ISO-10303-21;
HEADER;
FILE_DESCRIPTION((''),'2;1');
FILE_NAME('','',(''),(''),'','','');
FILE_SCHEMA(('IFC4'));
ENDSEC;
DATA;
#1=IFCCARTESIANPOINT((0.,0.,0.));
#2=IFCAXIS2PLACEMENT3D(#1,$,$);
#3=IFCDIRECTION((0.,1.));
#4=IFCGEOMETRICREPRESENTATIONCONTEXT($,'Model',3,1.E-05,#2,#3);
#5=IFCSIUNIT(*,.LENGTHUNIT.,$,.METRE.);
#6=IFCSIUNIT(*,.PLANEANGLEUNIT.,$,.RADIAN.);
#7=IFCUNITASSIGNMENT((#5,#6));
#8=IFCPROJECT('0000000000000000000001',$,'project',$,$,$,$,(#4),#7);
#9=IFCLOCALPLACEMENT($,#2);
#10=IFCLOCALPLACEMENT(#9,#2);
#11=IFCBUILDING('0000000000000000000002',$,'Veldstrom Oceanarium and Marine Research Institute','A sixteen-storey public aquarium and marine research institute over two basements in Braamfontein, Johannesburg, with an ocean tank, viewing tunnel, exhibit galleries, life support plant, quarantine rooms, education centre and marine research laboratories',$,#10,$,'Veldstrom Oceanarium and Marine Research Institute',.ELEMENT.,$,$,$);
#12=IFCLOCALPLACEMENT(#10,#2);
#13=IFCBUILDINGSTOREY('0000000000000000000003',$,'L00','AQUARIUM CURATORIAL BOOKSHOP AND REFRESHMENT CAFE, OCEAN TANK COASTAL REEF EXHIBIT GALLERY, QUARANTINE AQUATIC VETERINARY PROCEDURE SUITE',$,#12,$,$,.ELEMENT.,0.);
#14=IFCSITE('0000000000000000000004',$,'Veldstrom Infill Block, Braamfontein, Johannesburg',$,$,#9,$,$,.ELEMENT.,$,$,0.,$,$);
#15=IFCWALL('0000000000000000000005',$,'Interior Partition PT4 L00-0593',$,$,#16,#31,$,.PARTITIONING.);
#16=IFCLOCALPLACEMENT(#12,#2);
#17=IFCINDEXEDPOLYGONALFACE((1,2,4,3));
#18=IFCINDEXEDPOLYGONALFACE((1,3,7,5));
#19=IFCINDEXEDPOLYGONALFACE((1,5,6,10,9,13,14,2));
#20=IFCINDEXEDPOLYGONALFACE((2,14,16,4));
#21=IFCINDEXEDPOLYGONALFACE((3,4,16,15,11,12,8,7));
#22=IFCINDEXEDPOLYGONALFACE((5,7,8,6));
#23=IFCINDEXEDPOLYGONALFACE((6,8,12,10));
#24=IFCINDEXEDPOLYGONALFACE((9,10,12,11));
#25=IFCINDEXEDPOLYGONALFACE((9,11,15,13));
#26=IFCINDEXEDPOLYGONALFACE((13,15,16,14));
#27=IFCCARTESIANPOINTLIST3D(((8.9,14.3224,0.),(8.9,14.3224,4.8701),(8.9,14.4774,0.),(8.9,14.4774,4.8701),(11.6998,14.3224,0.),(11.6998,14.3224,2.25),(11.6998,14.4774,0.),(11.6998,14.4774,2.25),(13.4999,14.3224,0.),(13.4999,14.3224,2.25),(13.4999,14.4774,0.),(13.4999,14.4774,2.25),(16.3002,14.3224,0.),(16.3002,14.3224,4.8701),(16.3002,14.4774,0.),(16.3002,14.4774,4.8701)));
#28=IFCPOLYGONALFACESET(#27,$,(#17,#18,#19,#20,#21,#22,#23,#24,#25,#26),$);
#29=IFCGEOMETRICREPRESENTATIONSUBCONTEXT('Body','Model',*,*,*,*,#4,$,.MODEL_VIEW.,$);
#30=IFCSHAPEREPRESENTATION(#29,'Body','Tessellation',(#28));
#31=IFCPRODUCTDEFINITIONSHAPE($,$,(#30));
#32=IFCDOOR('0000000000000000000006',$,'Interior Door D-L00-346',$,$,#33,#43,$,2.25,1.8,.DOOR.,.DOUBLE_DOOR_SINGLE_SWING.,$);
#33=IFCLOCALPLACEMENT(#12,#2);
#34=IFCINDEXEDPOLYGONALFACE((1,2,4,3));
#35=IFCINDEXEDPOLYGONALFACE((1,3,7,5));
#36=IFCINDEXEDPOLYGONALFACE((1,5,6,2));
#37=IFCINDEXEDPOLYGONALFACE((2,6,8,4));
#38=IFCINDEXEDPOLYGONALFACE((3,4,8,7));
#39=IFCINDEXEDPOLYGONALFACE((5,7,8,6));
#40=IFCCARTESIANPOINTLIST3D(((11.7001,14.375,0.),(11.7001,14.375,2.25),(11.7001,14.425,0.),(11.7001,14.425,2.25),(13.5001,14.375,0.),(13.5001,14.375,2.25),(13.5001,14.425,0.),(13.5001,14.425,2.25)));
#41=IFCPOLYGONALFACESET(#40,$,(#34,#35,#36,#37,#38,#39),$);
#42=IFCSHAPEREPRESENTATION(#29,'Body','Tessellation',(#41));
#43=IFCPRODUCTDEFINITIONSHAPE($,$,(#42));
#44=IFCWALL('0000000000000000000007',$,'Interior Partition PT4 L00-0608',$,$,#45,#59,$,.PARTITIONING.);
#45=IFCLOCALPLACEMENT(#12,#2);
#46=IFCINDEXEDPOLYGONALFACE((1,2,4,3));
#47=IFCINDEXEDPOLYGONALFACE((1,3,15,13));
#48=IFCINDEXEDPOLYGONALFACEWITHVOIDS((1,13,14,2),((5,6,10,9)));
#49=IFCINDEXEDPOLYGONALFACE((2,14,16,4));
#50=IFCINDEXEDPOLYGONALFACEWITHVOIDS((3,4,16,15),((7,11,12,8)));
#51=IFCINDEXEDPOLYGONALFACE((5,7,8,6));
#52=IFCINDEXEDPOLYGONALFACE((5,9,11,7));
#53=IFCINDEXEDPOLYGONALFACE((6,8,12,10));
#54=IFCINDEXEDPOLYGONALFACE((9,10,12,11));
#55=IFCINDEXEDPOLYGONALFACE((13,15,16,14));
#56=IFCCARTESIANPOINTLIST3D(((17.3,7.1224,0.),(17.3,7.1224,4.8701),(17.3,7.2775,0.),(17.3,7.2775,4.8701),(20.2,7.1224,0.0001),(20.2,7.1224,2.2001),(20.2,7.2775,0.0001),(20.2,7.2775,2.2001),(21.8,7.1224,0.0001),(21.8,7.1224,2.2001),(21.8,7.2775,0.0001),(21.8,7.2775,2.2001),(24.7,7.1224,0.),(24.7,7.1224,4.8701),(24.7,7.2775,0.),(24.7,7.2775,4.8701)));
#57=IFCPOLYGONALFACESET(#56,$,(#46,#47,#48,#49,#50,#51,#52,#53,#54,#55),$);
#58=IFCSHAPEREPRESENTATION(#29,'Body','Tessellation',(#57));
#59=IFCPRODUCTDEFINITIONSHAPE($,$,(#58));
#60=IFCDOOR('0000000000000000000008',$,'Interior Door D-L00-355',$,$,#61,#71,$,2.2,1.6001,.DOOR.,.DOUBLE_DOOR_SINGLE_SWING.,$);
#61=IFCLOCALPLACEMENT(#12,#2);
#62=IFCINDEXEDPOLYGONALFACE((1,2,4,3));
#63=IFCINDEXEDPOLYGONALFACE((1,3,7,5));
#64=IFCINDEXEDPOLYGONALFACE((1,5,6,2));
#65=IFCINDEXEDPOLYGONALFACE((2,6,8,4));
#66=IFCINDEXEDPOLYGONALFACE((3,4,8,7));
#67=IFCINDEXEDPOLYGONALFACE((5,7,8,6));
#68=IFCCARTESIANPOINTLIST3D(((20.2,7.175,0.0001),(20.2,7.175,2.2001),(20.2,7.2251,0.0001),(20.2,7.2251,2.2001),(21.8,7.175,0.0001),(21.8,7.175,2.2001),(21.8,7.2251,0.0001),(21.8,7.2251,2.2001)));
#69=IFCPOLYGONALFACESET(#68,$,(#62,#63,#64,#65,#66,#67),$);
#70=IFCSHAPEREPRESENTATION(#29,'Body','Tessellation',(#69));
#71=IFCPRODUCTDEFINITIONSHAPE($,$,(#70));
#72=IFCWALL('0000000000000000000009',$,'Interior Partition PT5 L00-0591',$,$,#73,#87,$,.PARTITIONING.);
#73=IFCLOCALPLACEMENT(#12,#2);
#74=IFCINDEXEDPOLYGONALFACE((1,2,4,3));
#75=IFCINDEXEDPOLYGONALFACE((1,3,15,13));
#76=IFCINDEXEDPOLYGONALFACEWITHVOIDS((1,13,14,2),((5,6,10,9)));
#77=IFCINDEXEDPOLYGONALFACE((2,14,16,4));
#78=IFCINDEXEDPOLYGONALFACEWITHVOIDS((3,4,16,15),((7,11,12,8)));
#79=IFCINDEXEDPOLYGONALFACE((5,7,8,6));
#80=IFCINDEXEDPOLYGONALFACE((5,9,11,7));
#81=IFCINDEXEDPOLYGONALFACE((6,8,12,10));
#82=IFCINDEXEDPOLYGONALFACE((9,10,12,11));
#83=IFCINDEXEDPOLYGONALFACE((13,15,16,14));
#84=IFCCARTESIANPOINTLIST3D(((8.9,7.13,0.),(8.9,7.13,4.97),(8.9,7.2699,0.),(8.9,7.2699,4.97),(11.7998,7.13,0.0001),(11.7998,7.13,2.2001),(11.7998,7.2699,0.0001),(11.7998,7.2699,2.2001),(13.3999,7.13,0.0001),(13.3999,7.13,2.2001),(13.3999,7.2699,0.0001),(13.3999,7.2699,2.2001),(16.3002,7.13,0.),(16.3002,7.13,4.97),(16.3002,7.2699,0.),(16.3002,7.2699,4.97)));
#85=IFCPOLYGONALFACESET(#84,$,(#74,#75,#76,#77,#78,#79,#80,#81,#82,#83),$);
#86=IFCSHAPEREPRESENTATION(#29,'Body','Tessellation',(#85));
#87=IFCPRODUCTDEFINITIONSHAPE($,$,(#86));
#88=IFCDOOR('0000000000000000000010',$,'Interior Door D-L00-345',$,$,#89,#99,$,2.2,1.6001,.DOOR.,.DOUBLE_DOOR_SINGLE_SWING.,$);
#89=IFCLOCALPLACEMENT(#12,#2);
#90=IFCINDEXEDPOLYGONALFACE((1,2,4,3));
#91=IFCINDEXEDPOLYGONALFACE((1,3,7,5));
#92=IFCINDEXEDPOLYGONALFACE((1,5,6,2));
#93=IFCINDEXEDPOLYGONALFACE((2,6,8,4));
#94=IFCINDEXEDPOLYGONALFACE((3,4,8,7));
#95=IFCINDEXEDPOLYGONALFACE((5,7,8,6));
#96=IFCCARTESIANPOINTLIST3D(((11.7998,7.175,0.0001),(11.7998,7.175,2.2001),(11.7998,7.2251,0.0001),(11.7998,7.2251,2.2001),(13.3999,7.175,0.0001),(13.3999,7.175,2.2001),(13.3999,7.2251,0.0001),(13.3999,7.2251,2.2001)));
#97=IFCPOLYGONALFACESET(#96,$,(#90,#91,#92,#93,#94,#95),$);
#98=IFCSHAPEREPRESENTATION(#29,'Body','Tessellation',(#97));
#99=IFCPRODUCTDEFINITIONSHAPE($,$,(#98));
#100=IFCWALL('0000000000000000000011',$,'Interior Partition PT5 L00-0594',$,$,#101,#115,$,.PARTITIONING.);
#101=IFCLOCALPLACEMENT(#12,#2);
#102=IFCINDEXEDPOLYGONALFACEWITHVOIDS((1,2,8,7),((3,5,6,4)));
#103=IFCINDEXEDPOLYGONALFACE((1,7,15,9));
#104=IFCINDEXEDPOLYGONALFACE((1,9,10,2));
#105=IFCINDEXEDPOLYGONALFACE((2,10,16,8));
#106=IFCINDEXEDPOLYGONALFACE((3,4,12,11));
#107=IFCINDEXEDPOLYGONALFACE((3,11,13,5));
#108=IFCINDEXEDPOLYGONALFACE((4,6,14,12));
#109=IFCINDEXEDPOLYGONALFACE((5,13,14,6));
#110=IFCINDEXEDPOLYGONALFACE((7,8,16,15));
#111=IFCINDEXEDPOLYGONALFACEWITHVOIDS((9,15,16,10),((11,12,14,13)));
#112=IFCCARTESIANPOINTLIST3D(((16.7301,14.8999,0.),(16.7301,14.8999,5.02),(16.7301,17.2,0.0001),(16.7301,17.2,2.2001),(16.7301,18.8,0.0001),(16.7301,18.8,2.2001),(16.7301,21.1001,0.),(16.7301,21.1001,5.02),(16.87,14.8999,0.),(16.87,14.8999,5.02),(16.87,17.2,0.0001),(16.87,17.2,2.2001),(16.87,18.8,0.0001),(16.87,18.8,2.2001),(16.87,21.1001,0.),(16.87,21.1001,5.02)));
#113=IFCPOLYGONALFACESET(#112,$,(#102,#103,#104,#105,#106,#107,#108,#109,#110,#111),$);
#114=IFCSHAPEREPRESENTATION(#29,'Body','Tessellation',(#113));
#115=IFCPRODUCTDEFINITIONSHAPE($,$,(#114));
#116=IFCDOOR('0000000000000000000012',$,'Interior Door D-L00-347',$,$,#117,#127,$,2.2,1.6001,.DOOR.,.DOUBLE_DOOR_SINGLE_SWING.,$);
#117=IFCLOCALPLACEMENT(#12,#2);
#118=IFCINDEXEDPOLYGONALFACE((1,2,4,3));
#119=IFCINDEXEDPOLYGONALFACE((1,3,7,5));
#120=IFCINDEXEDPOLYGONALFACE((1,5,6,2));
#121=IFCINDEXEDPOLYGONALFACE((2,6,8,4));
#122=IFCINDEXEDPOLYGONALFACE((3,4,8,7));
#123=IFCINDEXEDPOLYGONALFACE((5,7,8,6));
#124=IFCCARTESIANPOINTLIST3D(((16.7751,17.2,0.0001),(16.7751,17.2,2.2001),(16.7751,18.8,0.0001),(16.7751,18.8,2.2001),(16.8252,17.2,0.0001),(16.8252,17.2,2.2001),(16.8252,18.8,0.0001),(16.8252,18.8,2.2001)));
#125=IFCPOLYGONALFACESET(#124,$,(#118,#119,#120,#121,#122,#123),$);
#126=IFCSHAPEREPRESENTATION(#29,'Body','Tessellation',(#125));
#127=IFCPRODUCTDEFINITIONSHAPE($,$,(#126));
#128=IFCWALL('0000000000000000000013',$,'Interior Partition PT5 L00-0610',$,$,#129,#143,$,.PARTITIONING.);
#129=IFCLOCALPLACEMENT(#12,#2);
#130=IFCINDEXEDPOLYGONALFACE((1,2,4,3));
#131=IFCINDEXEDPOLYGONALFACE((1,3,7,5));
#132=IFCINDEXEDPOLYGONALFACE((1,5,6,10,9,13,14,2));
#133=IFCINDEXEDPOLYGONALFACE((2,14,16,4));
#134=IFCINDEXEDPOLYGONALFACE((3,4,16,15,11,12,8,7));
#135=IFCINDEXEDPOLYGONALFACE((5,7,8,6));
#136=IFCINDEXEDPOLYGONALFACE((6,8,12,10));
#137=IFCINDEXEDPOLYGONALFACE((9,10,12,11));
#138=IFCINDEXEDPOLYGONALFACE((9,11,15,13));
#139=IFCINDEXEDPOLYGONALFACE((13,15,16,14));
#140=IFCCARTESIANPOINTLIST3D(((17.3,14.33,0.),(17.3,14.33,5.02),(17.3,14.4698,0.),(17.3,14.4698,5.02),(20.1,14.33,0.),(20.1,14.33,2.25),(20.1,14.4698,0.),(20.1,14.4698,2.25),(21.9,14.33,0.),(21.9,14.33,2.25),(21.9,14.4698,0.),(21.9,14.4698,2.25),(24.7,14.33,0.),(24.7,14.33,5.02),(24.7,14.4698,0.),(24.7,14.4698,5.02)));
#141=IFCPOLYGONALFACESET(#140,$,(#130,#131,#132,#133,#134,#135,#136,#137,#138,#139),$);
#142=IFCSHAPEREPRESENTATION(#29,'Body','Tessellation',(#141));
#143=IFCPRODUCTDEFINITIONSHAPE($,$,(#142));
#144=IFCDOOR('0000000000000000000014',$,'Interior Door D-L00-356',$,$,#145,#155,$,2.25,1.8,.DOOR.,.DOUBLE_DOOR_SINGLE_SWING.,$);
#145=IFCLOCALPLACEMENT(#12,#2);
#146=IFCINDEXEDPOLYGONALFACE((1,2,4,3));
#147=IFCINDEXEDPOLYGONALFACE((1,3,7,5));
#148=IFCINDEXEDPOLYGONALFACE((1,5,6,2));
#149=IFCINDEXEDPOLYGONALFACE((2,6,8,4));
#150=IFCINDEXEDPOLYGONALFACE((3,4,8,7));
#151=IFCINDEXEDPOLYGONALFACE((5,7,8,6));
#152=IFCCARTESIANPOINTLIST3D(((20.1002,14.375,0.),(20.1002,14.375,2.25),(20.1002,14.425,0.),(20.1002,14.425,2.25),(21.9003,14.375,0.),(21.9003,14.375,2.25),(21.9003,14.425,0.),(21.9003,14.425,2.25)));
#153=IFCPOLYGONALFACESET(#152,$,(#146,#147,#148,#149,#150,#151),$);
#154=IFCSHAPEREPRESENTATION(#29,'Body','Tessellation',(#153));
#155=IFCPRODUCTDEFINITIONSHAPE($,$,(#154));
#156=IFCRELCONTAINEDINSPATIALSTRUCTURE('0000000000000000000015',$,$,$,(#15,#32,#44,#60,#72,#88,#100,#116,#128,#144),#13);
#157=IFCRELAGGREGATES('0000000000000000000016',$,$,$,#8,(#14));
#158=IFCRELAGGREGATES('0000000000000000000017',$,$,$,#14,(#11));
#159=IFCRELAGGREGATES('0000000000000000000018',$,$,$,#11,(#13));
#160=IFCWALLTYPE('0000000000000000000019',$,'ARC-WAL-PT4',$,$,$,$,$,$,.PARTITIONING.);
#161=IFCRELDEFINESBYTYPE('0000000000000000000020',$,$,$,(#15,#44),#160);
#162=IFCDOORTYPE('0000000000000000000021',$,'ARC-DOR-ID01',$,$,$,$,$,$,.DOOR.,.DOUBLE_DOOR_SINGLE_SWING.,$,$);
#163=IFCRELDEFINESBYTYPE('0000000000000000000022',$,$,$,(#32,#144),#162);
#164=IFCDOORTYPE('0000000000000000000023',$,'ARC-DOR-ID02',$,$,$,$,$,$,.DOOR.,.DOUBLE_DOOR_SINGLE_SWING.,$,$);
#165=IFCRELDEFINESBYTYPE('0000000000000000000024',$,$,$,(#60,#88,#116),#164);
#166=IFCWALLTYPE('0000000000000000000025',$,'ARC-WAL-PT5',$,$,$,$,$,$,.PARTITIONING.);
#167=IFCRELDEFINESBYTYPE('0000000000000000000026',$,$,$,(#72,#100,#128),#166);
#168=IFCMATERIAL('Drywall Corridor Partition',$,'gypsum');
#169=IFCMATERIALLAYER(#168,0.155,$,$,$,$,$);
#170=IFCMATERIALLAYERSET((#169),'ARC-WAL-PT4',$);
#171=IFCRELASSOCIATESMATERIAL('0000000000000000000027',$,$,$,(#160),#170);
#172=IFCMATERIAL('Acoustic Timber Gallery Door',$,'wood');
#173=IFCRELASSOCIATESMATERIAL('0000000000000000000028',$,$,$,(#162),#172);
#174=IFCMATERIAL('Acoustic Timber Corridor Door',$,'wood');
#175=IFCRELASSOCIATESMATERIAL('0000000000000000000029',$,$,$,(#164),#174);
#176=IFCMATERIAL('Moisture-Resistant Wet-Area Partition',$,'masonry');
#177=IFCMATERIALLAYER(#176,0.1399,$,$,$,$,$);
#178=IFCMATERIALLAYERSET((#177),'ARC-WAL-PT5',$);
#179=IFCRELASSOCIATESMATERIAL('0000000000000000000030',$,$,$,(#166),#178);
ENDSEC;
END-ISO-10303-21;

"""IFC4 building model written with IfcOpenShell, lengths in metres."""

from ifc_helpers import new_model, si_unit, direction, frame, frame_2d, origin, place, context, subcontext, project, spatial, rectangle, extrude, material, layer, layer_set, type_object, element, fill, save


model = new_model("IFC4")

# Units and contexts
model_context = context("Model", 3, precision=1e-05, world=origin(), true_north=direction((0.0, 1.0)))
body_context = subcontext(model_context, "Body", "Model", "MODEL_VIEW")
ifc_project = project(units=[si_unit("LENGTHUNIT", "METRE"), si_unit("PLANEANGLEUNIT", "RADIAN")], contexts=[model_context])

# Site, building, storey
site_placement = place(None, origin())
site = spatial("IfcSite", under=ifc_project, at=site_placement, Name="Veldstrom Infill Block, Braamfontein, Johannesburg", CompositionType="ELEMENT", RefElevation=0.0)
building_placement = place(site_placement, origin())
building = spatial("IfcBuilding", under=site, at=building_placement, Name="Veldstrom Oceanarium and Marine Research Institute", Description="A sixteen-storey public aquarium and marine research institute over two basements in Braamfontein, Johannesburg, with an ocean tank, viewing tunnel, exhibit galleries, life support plant, quarantine rooms, education centre and marine research laboratories", LongName="Veldstrom Oceanarium and Marine Research Institute", CompositionType="ELEMENT")
storey_placement = place(building_placement, origin())
storey = spatial("IfcBuildingStorey", under=building, at=storey_placement, Name="L00", Description="AQUARIUM CURATORIAL BOOKSHOP AND REFRESHMENT CAFE, OCEAN TANK COASTAL REEF EXHIBIT GALLERY, QUARANTINE AQUATIC VETERINARY PROCEDURE SUITE", CompositionType="ELEMENT", Elevation=0.0)

# Walls, openings, doors
ifc_material_1 = material(Name="Drywall Corridor Partition", Category="gypsum")
ifc_layer_1 = layer(ifc_material_1, 0.155)
ifc_layer_set_1 = layer_set([ifc_layer_1], Name="ARC-WAL-PT4")
wall_type_1 = type_object("IfcWallType", Name="ARC-WAL-PT4", PredefinedType="PARTITIONING", material=ifc_layer_set_1)
wall_1_placement = place(storey_placement, frame((8.8999, 14.3999, 0.0), z_axis=(0.0, 0.0, 1.0), x_axis=(1.0, 0.0, 0.0)))
wall_1 = element("IfcWall", 1, at=wall_1_placement, inside=storey, type_object=wall_type_1, Name="Interior Partition PT4 L00-0593", PredefinedType="PARTITIONING", context=body_context, shape_type="SweptSolid", body=[
    extrude(rectangle(XDim=7.4001, YDim=0.155, at=frame_2d((3.7002, 0.0))), origin(), (0.0, 0.0, 1.0), 4.8701),
])
opening_1_placement = place(wall_1_placement, frame((2.8, 0.0, 0.0)))
opening_1 = element("IfcOpeningElement", 2, at=opening_1_placement, cuts=wall_1, PredefinedType="OPENING", context=body_context, shape_type="SweptSolid", body=[
    extrude(rectangle(XDim=1.8, YDim=2.25, at=frame_2d((0.8999, 1.125))), frame((0.0, 0.0874, 0.0), z_axis=(0.0, -1.0, 0.0), x_axis=(1.0, 0.0, 0.0)), (0.0, 0.0, 1.0), 0.175),
])
ifc_material_2 = material(Name="Acoustic Timber Gallery Door", Category="wood")
door_type_1 = type_object("IfcDoorType", Name="ARC-DOR-ID01", OperationType="DOUBLE_DOOR_SINGLE_SWING", PredefinedType="DOOR", material=ifc_material_2)
door_1_placement = place(opening_1_placement, frame((1.8, 0.0, 0.0), z_axis=(0.0, 0.0, 1.0), x_axis=(-1.0, 0.0, 0.0)))
door_1 = element("IfcDoor", 3, at=door_1_placement, inside=storey, type_object=door_type_1, Name="Interior Door D-L00-346", OperationType="DOUBLE_DOOR_SINGLE_SWING", OverallHeight=2.25, OverallWidth=1.8, PredefinedType="DOOR", context=body_context, shape_type="SweptSolid", body=[
    extrude(rectangle(XDim=1.8, YDim=2.25, at=frame_2d((0.8999, 1.125))), frame((0.0, 0.0249, 0.0), z_axis=(0.0, -1.0, 0.0), x_axis=(1.0, 0.0, 0.0)), (0.0, 0.0, 1.0), 0.05),
])
fill(opening_1, door_1)
wall_2_placement = place(storey_placement, frame((17.3, 7.2, 0.0), z_axis=(0.0, 0.0, 1.0), x_axis=(1.0, 0.0, 0.0)))
wall_2 = element("IfcWall", 4, at=wall_2_placement, inside=storey, type_object=wall_type_1, Name="Interior Partition PT4 L00-0608", PredefinedType="PARTITIONING", context=body_context, shape_type="SweptSolid", body=[
    extrude(rectangle(XDim=7.3999, YDim=0.155, at=frame_2d((3.7, 0.0))), origin(), (0.0, 0.0, 1.0), 4.8701),
])
opening_2_placement = place(wall_2_placement, frame((2.8999, 0.0, 0.0)))
opening_2 = element("IfcOpeningElement", 5, at=opening_2_placement, cuts=wall_2, PredefinedType="OPENING", context=body_context, shape_type="SweptSolid", body=[
    extrude(rectangle(XDim=1.6001, YDim=2.2, at=frame_2d((0.8, 1.1001))), frame((0.0, 0.0874, 0.0), z_axis=(0.0, -1.0, 0.0), x_axis=(1.0, 0.0, 0.0)), (0.0, 0.0, 1.0), 0.175),
])
ifc_material_3 = material(Name="Acoustic Timber Corridor Door", Category="wood")
door_type_2 = type_object("IfcDoorType", Name="ARC-DOR-ID02", OperationType="DOUBLE_DOOR_SINGLE_SWING", PredefinedType="DOOR", material=ifc_material_3)
door_2_placement = place(opening_2_placement, frame((1.6001, 0.0, 0.0), z_axis=(0.0, 0.0, 1.0), x_axis=(-1.0, 0.0, 0.0)))
door_2 = element("IfcDoor", 6, at=door_2_placement, inside=storey, type_object=door_type_2, Name="Interior Door D-L00-355", OperationType="DOUBLE_DOOR_SINGLE_SWING", OverallHeight=2.2, OverallWidth=1.6001, PredefinedType="DOOR", context=body_context, shape_type="SweptSolid", body=[
    extrude(rectangle(XDim=1.6001, YDim=2.2, at=frame_2d((0.8, 1.1001))), frame((0.0, 0.0249, 0.0), z_axis=(0.0, -1.0, 0.0), x_axis=(1.0, 0.0, 0.0)), (0.0, 0.0, 1.0), 0.05),
])
fill(opening_2, door_2)
ifc_material_4 = material(Name="Moisture-Resistant Wet-Area Partition", Category="masonry")
ifc_layer_2 = layer(ifc_material_4, 0.1399)
ifc_layer_set_2 = layer_set([ifc_layer_2], Name="ARC-WAL-PT5")
wall_type_2 = type_object("IfcWallType", Name="ARC-WAL-PT5", PredefinedType="PARTITIONING", material=ifc_layer_set_2)
wall_3_placement = place(storey_placement, frame((8.8999, 7.2, 0.0), z_axis=(0.0, 0.0, 1.0), x_axis=(1.0, 0.0, 0.0)))
wall_3 = element("IfcWall", 7, at=wall_3_placement, inside=storey, type_object=wall_type_2, Name="Interior Partition PT5 L00-0591", PredefinedType="PARTITIONING", context=body_context, shape_type="SweptSolid", body=[
    extrude(rectangle(XDim=7.4001, YDim=0.1399, at=frame_2d((3.7002, 0.0))), origin(), (0.0, 0.0, 1.0), 4.97),
])
opening_3_placement = place(wall_3_placement, frame((2.8999, 0.0, 0.0)))
opening_3 = element("IfcOpeningElement", 8, at=opening_3_placement, cuts=wall_3, PredefinedType="OPENING", context=body_context, shape_type="SweptSolid", body=[
    extrude(rectangle(XDim=1.6001, YDim=2.2, at=frame_2d((0.8, 1.1001))), frame((0.0, 0.0798, 0.0), z_axis=(0.0, -1.0, 0.0), x_axis=(1.0, 0.0, 0.0)), (0.0, 0.0, 1.0), 0.1599),
])
door_3_placement = place(opening_3_placement, frame((1.6001, 0.0, 0.0), z_axis=(0.0, 0.0, 1.0), x_axis=(-1.0, 0.0, 0.0)))
door_3 = element("IfcDoor", 9, at=door_3_placement, inside=storey, type_object=door_type_2, Name="Interior Door D-L00-345", OperationType="DOUBLE_DOOR_SINGLE_SWING", OverallHeight=2.2, OverallWidth=1.6001, PredefinedType="DOOR", context=body_context, shape_type="SweptSolid", body=[
    extrude(rectangle(XDim=1.6001, YDim=2.2, at=frame_2d((0.8, 1.1001))), frame((0.0, 0.0249, 0.0), z_axis=(0.0, -1.0, 0.0), x_axis=(1.0, 0.0, 0.0)), (0.0, 0.0, 1.0), 0.05),
])
fill(opening_3, door_3)
wall_4_placement = place(storey_placement, frame((16.8, 14.8999, 0.0), z_axis=(0.0, 0.0, 1.0), x_axis=(0.0, 1.0, 0.0)))
wall_4 = element("IfcWall", 10, at=wall_4_placement, inside=storey, type_object=wall_type_2, Name="Interior Partition PT5 L00-0594", PredefinedType="PARTITIONING", context=body_context, shape_type="SweptSolid", body=[
    extrude(rectangle(XDim=6.2002, YDim=0.1399, at=frame_2d((3.1001, 0.0))), origin(), (0.0, 0.0, 1.0), 5.02),
])
opening_4_placement = place(wall_4_placement, frame((2.3, 0.0, 0.0)))
opening_4 = element("IfcOpeningElement", 11, at=opening_4_placement, cuts=wall_4, PredefinedType="OPENING", context=body_context, shape_type="SweptSolid", body=[
    extrude(rectangle(XDim=1.6001, YDim=2.2, at=frame_2d((0.8, 1.1001))), frame((0.0, 0.0798, 0.0), z_axis=(0.0, -1.0, 0.0), x_axis=(1.0, 0.0, 0.0)), (0.0, 0.0, 1.0), 0.1599),
])
door_4_placement = place(opening_4_placement, origin())
door_4 = element("IfcDoor", 12, at=door_4_placement, inside=storey, type_object=door_type_2, Name="Interior Door D-L00-347", OperationType="DOUBLE_DOOR_SINGLE_SWING", OverallHeight=2.2, OverallWidth=1.6001, PredefinedType="DOOR", context=body_context, shape_type="SweptSolid", body=[
    extrude(rectangle(XDim=1.6001, YDim=2.2, at=frame_2d((0.8, 1.1001))), frame((0.0, 0.0249, 0.0), z_axis=(0.0, -1.0, 0.0), x_axis=(1.0, 0.0, 0.0)), (0.0, 0.0, 1.0), 0.05),
])
fill(opening_4, door_4)
wall_5_placement = place(storey_placement, frame((17.3, 14.3999, 0.0), z_axis=(0.0, 0.0, 1.0), x_axis=(1.0, 0.0, 0.0)))
wall_5 = element("IfcWall", 13, at=wall_5_placement, inside=storey, type_object=wall_type_2, Name="Interior Partition PT5 L00-0610", PredefinedType="PARTITIONING", context=body_context, shape_type="SweptSolid", body=[
    extrude(rectangle(XDim=7.3999, YDim=0.1399, at=frame_2d((3.7, 0.0))), origin(), (0.0, 0.0, 1.0), 5.02),
])
opening_5_placement = place(wall_5_placement, frame((2.8, 0.0, 0.0)))
opening_5 = element("IfcOpeningElement", 14, at=opening_5_placement, cuts=wall_5, PredefinedType="OPENING", context=body_context, shape_type="SweptSolid", body=[
    extrude(rectangle(XDim=1.8, YDim=2.25, at=frame_2d((0.8999, 1.125))), frame((0.0, 0.0798, 0.0), z_axis=(0.0, -1.0, 0.0), x_axis=(1.0, 0.0, 0.0)), (0.0, 0.0, 1.0), 0.1599),
])
door_5_placement = place(opening_5_placement, frame((1.8, 0.0, 0.0), z_axis=(0.0, 0.0, 1.0), x_axis=(-1.0, 0.0, 0.0)))
door_5 = element("IfcDoor", 15, at=door_5_placement, inside=storey, type_object=door_type_1, Name="Interior Door D-L00-356", OperationType="DOUBLE_DOOR_SINGLE_SWING", OverallHeight=2.25, OverallWidth=1.8, PredefinedType="DOOR", context=body_context, shape_type="SweptSolid", body=[
    extrude(rectangle(XDim=1.8, YDim=2.25, at=frame_2d((0.8999, 1.125))), frame((0.0, 0.0249, 0.0), z_axis=(0.0, -1.0, 0.0), x_axis=(1.0, 0.0, 0.0)), (0.0, 0.0, 1.0), 0.05),
])
fill(opening_5, door_5)

save(model, "model.ifc")
